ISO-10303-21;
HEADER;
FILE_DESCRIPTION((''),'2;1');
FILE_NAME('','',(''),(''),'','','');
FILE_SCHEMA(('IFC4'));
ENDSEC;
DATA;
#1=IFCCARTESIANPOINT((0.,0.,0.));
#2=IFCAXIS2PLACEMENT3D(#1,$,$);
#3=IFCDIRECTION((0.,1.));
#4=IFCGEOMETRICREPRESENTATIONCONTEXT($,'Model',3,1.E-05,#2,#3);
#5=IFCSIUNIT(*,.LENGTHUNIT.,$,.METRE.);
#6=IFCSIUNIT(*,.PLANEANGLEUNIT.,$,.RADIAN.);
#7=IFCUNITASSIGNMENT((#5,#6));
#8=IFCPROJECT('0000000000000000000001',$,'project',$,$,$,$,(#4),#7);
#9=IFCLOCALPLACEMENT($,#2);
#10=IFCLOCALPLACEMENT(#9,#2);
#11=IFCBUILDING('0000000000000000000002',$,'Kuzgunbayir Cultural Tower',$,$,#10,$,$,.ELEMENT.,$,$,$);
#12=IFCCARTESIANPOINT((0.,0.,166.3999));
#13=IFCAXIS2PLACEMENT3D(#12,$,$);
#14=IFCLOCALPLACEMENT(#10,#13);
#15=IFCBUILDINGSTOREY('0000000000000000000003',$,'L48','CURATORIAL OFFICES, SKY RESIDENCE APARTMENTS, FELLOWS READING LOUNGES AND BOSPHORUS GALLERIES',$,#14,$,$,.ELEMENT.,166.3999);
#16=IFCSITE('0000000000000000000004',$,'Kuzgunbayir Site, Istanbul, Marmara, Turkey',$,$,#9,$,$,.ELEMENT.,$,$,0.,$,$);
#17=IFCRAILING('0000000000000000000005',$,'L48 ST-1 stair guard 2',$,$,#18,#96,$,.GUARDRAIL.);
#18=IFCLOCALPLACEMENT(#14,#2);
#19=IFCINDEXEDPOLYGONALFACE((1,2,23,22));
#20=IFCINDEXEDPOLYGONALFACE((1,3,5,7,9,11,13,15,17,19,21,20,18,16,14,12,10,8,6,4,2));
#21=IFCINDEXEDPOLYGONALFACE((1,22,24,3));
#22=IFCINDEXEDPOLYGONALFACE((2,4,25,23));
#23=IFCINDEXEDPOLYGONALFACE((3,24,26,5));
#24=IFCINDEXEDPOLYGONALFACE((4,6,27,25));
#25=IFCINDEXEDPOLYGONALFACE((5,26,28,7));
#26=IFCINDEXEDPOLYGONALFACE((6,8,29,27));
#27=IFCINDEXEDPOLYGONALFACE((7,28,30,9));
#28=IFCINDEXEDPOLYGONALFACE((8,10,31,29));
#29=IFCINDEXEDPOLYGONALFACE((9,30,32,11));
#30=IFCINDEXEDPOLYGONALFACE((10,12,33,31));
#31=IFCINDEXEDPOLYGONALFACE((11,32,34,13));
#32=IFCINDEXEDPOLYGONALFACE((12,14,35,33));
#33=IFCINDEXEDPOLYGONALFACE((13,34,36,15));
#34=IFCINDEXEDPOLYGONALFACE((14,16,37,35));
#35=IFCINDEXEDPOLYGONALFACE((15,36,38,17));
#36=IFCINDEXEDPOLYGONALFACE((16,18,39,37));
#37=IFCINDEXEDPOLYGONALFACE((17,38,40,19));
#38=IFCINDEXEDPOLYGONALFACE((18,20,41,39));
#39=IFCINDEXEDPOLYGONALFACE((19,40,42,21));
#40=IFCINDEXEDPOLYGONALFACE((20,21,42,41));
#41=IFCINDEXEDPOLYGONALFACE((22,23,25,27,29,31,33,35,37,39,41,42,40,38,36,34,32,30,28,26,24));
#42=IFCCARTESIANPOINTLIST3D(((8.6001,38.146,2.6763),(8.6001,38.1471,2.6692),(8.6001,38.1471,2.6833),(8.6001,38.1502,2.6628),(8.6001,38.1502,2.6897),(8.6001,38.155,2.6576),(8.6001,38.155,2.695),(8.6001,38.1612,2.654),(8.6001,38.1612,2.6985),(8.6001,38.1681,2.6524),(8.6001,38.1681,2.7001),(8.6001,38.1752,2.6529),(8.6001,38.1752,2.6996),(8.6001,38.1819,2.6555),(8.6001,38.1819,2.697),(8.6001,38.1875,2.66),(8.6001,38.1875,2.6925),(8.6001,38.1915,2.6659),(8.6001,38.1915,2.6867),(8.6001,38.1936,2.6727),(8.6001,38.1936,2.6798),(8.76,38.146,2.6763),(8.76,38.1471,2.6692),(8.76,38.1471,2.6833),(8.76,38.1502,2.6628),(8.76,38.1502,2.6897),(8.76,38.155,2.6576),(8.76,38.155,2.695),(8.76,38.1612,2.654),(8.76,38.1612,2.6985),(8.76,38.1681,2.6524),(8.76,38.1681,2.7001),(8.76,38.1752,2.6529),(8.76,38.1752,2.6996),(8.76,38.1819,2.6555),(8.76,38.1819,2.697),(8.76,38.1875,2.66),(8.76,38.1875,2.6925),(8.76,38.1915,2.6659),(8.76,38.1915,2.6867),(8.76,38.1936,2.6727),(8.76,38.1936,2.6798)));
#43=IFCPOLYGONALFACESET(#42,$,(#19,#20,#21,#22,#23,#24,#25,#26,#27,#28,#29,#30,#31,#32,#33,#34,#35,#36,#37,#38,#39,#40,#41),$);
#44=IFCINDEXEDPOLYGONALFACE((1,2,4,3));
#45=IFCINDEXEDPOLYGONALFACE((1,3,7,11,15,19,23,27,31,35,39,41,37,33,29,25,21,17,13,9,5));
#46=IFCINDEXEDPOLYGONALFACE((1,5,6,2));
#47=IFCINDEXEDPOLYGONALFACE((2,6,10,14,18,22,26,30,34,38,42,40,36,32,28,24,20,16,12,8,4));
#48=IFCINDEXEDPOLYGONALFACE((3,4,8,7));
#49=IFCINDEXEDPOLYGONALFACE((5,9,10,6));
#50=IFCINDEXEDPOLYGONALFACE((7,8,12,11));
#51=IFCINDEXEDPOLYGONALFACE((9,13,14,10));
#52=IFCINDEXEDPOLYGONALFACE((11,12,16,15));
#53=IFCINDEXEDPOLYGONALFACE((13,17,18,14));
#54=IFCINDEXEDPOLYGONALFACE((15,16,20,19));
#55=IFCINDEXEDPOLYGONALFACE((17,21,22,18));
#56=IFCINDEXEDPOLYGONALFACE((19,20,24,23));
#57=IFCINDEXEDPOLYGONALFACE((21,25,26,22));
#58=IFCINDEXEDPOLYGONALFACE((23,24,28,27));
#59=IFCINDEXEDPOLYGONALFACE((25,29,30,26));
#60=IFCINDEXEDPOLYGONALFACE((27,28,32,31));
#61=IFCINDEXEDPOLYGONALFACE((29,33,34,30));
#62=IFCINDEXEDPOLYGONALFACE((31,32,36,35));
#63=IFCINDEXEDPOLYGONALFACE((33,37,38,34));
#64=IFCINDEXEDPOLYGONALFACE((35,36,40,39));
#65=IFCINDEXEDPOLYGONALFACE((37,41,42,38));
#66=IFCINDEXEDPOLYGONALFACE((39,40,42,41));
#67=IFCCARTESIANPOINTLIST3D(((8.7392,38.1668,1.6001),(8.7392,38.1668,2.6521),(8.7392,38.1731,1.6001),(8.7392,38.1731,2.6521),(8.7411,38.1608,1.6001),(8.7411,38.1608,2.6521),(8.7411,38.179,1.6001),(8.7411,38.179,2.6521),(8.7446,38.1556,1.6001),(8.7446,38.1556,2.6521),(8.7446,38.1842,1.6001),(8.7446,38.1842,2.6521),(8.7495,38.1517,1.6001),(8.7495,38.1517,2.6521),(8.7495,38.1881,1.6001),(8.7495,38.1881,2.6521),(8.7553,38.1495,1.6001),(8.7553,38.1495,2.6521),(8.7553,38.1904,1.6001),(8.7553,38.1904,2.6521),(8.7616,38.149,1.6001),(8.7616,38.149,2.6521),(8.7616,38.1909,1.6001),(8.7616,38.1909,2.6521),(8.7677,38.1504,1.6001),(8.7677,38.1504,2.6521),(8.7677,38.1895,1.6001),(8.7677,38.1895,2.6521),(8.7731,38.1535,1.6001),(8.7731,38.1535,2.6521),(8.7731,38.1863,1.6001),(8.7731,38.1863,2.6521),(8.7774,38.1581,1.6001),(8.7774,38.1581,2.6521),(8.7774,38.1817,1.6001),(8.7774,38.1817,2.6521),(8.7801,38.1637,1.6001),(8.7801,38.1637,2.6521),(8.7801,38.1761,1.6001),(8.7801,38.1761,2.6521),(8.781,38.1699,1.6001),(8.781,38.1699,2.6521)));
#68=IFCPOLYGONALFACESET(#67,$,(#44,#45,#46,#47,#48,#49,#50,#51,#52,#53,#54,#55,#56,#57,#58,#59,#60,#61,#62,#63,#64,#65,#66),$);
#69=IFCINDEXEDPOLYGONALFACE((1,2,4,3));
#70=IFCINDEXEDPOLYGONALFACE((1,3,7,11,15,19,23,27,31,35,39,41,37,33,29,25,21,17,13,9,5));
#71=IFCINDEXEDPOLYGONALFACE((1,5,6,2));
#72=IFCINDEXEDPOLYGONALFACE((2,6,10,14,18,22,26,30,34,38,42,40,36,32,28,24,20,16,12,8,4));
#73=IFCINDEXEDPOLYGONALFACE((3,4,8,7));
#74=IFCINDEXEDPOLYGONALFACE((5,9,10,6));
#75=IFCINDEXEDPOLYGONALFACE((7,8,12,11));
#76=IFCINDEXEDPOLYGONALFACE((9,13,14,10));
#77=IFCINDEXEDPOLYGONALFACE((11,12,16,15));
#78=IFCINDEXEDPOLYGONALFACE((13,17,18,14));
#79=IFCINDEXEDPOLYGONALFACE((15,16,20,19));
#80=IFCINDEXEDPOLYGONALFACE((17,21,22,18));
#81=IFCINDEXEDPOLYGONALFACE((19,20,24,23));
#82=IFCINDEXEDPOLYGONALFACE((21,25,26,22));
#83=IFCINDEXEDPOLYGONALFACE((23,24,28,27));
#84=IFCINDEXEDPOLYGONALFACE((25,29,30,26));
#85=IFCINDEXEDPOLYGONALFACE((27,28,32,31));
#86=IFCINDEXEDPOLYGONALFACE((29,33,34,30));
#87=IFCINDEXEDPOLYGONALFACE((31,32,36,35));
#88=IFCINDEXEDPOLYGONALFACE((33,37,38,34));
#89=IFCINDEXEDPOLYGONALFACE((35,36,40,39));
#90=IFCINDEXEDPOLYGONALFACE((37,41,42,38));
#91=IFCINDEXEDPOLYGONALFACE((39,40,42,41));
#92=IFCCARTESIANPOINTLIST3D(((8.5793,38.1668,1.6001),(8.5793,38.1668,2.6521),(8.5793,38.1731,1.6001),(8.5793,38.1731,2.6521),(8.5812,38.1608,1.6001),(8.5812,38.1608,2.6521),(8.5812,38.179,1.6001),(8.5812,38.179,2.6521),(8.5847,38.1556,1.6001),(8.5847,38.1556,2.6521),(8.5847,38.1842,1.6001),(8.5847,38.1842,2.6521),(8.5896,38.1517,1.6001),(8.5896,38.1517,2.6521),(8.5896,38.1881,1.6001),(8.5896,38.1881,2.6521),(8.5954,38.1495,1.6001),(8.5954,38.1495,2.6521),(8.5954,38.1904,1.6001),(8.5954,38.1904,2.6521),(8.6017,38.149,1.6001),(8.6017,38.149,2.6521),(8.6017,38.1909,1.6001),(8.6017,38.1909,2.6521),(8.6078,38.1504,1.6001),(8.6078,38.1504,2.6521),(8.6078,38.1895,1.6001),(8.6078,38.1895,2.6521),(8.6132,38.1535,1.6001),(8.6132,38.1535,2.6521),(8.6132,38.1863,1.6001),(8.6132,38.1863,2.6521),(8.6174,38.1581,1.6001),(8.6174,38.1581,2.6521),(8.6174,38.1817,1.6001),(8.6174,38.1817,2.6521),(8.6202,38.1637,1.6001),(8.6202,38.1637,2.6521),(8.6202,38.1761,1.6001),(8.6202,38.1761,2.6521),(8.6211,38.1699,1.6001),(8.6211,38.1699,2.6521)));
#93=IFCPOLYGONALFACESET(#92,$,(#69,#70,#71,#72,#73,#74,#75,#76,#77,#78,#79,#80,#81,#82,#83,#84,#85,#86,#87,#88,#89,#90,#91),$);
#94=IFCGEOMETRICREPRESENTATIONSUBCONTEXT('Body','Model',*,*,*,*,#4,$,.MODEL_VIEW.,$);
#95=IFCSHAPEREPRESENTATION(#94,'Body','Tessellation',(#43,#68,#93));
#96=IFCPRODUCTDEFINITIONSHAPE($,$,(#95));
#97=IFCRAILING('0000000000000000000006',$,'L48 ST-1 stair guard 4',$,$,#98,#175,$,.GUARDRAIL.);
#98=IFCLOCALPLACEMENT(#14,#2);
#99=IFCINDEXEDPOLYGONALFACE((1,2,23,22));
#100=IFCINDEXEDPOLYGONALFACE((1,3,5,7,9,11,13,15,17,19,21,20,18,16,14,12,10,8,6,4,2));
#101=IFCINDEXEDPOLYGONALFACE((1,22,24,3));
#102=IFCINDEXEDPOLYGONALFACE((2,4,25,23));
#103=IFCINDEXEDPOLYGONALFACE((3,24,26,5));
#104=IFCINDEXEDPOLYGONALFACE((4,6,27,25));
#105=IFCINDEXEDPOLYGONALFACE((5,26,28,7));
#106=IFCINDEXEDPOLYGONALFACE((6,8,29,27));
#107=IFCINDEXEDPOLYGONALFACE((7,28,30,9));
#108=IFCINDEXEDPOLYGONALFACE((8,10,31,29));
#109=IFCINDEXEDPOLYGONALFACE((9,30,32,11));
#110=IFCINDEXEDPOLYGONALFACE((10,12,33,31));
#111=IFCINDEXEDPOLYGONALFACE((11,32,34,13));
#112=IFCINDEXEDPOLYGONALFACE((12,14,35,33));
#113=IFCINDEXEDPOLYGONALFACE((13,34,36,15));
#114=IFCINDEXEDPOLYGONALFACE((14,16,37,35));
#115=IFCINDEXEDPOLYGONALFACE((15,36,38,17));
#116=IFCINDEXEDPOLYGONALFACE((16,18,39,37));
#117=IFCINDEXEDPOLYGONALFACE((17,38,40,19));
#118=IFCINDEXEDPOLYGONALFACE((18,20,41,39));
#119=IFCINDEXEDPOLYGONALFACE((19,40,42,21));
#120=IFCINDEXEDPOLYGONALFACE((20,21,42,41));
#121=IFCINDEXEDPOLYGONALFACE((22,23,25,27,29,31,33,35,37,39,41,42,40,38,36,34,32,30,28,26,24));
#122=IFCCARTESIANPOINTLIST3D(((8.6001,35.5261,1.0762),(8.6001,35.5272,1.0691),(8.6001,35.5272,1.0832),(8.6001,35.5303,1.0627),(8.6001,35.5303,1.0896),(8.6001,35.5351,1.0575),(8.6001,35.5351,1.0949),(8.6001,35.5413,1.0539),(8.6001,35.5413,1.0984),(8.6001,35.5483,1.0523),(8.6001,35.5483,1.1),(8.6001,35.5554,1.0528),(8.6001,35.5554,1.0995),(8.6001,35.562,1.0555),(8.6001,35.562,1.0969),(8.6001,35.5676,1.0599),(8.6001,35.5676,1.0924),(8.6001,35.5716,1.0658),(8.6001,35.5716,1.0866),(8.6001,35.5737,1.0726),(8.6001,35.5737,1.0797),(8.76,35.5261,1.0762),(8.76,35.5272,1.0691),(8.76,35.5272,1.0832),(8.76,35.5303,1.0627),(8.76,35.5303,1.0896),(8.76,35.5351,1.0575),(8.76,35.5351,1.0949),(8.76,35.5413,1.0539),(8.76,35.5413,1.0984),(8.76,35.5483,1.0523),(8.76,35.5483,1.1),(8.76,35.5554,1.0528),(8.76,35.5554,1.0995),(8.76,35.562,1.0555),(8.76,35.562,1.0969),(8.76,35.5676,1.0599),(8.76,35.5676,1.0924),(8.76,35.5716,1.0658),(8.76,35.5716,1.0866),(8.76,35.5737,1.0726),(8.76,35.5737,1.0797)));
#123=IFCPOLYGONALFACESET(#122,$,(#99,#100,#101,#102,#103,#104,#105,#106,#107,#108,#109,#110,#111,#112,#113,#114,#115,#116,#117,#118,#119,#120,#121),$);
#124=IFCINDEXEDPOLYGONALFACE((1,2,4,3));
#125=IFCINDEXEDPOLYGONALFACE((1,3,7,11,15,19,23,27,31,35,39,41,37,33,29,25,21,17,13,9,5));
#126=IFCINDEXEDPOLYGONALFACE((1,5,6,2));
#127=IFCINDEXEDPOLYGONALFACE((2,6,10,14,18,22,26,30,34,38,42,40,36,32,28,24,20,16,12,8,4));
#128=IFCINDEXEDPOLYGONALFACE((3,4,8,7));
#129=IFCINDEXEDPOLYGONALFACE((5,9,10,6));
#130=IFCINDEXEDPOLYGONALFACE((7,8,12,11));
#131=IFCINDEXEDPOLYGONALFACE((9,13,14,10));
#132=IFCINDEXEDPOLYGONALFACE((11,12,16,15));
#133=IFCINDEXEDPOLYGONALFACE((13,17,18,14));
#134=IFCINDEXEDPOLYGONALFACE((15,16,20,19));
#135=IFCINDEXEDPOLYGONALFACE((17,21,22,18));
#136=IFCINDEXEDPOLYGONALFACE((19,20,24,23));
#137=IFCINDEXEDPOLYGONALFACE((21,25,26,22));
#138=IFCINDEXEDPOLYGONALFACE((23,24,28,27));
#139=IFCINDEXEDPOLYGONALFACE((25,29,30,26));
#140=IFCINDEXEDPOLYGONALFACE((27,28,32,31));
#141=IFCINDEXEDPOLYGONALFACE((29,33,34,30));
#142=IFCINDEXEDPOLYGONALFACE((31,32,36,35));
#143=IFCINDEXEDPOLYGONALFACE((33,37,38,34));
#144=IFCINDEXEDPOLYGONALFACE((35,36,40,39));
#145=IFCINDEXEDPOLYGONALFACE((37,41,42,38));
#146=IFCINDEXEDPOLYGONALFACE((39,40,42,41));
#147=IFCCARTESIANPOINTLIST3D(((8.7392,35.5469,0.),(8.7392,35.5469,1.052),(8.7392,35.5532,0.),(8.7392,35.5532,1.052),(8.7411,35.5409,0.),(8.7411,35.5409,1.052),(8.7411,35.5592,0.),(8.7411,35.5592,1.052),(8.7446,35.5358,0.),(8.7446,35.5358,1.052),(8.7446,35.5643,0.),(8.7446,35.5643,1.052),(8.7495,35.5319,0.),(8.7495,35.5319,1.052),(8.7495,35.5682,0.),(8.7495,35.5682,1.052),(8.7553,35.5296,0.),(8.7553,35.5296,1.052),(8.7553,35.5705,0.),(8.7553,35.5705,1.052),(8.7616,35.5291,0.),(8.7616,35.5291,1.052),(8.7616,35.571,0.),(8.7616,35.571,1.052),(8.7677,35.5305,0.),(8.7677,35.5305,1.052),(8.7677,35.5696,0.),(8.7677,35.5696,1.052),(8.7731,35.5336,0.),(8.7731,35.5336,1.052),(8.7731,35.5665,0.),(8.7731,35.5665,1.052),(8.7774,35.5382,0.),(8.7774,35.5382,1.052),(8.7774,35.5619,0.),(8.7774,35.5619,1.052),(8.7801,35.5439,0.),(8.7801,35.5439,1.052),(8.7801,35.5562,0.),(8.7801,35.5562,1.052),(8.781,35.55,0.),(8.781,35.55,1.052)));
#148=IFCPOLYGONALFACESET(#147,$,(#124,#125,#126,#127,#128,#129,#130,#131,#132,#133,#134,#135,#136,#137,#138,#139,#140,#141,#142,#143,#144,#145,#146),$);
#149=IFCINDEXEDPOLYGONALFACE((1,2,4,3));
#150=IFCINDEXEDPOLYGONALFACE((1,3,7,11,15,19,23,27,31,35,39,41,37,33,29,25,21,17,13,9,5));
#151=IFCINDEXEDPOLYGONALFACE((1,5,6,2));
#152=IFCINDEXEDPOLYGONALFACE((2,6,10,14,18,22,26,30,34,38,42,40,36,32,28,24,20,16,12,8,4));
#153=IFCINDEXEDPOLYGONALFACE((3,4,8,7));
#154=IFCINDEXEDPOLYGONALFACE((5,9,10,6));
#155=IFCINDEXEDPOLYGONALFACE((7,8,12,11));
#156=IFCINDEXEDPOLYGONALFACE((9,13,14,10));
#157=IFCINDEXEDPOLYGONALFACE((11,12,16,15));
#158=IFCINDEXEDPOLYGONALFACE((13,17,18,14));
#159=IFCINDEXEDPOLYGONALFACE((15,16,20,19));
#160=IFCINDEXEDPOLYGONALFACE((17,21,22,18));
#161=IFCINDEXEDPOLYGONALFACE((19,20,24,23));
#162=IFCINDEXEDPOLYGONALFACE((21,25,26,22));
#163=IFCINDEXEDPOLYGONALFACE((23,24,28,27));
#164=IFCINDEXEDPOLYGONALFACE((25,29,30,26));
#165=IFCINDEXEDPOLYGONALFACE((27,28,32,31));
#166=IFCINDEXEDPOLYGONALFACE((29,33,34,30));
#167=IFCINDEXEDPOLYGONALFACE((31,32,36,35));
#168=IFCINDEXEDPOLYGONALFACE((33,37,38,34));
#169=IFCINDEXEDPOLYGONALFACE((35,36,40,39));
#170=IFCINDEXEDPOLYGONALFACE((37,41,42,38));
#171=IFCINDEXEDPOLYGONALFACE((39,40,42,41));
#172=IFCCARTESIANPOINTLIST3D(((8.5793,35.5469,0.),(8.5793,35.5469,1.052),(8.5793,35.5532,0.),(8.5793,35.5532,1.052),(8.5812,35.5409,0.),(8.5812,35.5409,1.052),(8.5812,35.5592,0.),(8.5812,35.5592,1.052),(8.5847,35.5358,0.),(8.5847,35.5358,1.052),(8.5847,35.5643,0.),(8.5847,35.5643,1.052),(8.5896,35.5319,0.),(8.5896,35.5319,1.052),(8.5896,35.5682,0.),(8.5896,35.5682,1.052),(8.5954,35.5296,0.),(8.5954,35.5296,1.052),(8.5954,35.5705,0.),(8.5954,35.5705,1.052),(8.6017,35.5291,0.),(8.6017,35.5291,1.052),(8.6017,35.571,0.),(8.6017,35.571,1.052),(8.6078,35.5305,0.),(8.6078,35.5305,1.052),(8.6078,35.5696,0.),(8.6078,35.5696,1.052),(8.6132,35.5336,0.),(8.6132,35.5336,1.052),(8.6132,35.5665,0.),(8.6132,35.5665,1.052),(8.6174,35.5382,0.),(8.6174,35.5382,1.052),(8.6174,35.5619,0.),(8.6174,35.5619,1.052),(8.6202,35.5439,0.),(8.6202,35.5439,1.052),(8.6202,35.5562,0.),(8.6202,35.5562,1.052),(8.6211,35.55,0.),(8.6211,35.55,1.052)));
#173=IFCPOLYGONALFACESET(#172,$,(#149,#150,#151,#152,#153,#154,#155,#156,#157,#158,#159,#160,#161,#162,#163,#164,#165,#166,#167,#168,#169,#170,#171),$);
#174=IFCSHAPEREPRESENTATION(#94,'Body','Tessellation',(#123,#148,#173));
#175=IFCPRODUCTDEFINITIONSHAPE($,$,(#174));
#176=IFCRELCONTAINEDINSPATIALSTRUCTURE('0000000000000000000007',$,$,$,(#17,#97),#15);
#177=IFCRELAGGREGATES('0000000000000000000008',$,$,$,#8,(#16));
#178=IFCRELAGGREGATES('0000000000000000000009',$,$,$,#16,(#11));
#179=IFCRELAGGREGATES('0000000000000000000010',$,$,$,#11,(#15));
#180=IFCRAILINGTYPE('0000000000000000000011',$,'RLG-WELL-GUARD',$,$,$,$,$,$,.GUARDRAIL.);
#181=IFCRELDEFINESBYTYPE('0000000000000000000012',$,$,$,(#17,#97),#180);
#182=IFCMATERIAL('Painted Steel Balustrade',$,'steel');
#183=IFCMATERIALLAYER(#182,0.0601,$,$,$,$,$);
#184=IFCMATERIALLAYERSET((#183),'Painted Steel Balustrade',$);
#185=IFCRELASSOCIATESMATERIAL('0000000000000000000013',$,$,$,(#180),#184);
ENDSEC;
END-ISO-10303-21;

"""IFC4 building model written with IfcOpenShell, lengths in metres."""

from ifc_helpers import new_model, si_unit, direction, frame, origin, origin_2d, place, context, subcontext, project, spatial, circle, extrude, material, layer, layer_set, type_object, element, save


model = new_model("IFC4")

# Units and contexts
model_context = context("Model", 3, precision=1e-05, world=origin(), true_north=direction((0.0, 1.0)))
body_context = subcontext(model_context, "Body", "Model", "MODEL_VIEW")
ifc_project = project(units=[si_unit("LENGTHUNIT", "METRE"), si_unit("PLANEANGLEUNIT", "RADIAN")], contexts=[model_context])

# Site, building, storey
site_placement = place(None, origin())
site = spatial("IfcSite", under=ifc_project, at=site_placement, Name="Kuzgunbayir Site, Istanbul, Marmara, Turkey", CompositionType="ELEMENT", RefElevation=0.0)
building_placement = place(site_placement, origin())
building = spatial("IfcBuilding", under=site, at=building_placement, Name="Kuzgunbayir Cultural Tower", CompositionType="ELEMENT")
storey_placement = place(building_placement, frame((0.0, 0.0, 166.3999)))
storey = spatial("IfcBuildingStorey", under=building, at=storey_placement, Name="L48", Description="CURATORIAL OFFICES, SKY RESIDENCE APARTMENTS, FELLOWS READING LOUNGES AND BOSPHORUS GALLERIES", CompositionType="ELEMENT", Elevation=166.3999)

# Railings
ifc_material_1 = material(Name="Painted Steel Balustrade", Category="steel")
ifc_layer_1 = layer(ifc_material_1, 0.0601)
ifc_layer_set_1 = layer_set([ifc_layer_1], Name="Painted Steel Balustrade")
railing_type_1 = type_object("IfcRailingType", Name="RLG-WELL-GUARD", PredefinedType="GUARDRAIL", material=ifc_layer_set_1)
for number, where, name in (
    (1, (8.76, 38.1699, 1.6001), "L48 ST-1 stair guard 2"),
    (2, (8.76, 35.55, 0.0), "L48 ST-1 stair guard 4"),
):
    element("IfcRailing", number, at=place(storey_placement, frame(where)), inside=storey, type_object=railing_type_1, Name=name, PredefinedType="GUARDRAIL", context=body_context, shape_type="SweptSolid", body=[
        extrude(circle(Radius=0.0239, at=origin_2d()), frame((0.0, 0.0, 1.0762), z_axis=(-1.0, 0.0, 0.0), x_axis=(0.0, -1.0, 0.0)), (0.0, 0.0, 1.0), 0.1599),
        extrude(circle(Radius=0.021, at=origin_2d()), origin(), (0.0, 0.0, 1.0), 1.052),
        extrude(circle(Radius=0.021, at=origin_2d()), frame((-0.1599, 0.0, 0.0)), (0.0, 0.0, 1.0), 1.052),
    ])

save(model, "model.ifc")
